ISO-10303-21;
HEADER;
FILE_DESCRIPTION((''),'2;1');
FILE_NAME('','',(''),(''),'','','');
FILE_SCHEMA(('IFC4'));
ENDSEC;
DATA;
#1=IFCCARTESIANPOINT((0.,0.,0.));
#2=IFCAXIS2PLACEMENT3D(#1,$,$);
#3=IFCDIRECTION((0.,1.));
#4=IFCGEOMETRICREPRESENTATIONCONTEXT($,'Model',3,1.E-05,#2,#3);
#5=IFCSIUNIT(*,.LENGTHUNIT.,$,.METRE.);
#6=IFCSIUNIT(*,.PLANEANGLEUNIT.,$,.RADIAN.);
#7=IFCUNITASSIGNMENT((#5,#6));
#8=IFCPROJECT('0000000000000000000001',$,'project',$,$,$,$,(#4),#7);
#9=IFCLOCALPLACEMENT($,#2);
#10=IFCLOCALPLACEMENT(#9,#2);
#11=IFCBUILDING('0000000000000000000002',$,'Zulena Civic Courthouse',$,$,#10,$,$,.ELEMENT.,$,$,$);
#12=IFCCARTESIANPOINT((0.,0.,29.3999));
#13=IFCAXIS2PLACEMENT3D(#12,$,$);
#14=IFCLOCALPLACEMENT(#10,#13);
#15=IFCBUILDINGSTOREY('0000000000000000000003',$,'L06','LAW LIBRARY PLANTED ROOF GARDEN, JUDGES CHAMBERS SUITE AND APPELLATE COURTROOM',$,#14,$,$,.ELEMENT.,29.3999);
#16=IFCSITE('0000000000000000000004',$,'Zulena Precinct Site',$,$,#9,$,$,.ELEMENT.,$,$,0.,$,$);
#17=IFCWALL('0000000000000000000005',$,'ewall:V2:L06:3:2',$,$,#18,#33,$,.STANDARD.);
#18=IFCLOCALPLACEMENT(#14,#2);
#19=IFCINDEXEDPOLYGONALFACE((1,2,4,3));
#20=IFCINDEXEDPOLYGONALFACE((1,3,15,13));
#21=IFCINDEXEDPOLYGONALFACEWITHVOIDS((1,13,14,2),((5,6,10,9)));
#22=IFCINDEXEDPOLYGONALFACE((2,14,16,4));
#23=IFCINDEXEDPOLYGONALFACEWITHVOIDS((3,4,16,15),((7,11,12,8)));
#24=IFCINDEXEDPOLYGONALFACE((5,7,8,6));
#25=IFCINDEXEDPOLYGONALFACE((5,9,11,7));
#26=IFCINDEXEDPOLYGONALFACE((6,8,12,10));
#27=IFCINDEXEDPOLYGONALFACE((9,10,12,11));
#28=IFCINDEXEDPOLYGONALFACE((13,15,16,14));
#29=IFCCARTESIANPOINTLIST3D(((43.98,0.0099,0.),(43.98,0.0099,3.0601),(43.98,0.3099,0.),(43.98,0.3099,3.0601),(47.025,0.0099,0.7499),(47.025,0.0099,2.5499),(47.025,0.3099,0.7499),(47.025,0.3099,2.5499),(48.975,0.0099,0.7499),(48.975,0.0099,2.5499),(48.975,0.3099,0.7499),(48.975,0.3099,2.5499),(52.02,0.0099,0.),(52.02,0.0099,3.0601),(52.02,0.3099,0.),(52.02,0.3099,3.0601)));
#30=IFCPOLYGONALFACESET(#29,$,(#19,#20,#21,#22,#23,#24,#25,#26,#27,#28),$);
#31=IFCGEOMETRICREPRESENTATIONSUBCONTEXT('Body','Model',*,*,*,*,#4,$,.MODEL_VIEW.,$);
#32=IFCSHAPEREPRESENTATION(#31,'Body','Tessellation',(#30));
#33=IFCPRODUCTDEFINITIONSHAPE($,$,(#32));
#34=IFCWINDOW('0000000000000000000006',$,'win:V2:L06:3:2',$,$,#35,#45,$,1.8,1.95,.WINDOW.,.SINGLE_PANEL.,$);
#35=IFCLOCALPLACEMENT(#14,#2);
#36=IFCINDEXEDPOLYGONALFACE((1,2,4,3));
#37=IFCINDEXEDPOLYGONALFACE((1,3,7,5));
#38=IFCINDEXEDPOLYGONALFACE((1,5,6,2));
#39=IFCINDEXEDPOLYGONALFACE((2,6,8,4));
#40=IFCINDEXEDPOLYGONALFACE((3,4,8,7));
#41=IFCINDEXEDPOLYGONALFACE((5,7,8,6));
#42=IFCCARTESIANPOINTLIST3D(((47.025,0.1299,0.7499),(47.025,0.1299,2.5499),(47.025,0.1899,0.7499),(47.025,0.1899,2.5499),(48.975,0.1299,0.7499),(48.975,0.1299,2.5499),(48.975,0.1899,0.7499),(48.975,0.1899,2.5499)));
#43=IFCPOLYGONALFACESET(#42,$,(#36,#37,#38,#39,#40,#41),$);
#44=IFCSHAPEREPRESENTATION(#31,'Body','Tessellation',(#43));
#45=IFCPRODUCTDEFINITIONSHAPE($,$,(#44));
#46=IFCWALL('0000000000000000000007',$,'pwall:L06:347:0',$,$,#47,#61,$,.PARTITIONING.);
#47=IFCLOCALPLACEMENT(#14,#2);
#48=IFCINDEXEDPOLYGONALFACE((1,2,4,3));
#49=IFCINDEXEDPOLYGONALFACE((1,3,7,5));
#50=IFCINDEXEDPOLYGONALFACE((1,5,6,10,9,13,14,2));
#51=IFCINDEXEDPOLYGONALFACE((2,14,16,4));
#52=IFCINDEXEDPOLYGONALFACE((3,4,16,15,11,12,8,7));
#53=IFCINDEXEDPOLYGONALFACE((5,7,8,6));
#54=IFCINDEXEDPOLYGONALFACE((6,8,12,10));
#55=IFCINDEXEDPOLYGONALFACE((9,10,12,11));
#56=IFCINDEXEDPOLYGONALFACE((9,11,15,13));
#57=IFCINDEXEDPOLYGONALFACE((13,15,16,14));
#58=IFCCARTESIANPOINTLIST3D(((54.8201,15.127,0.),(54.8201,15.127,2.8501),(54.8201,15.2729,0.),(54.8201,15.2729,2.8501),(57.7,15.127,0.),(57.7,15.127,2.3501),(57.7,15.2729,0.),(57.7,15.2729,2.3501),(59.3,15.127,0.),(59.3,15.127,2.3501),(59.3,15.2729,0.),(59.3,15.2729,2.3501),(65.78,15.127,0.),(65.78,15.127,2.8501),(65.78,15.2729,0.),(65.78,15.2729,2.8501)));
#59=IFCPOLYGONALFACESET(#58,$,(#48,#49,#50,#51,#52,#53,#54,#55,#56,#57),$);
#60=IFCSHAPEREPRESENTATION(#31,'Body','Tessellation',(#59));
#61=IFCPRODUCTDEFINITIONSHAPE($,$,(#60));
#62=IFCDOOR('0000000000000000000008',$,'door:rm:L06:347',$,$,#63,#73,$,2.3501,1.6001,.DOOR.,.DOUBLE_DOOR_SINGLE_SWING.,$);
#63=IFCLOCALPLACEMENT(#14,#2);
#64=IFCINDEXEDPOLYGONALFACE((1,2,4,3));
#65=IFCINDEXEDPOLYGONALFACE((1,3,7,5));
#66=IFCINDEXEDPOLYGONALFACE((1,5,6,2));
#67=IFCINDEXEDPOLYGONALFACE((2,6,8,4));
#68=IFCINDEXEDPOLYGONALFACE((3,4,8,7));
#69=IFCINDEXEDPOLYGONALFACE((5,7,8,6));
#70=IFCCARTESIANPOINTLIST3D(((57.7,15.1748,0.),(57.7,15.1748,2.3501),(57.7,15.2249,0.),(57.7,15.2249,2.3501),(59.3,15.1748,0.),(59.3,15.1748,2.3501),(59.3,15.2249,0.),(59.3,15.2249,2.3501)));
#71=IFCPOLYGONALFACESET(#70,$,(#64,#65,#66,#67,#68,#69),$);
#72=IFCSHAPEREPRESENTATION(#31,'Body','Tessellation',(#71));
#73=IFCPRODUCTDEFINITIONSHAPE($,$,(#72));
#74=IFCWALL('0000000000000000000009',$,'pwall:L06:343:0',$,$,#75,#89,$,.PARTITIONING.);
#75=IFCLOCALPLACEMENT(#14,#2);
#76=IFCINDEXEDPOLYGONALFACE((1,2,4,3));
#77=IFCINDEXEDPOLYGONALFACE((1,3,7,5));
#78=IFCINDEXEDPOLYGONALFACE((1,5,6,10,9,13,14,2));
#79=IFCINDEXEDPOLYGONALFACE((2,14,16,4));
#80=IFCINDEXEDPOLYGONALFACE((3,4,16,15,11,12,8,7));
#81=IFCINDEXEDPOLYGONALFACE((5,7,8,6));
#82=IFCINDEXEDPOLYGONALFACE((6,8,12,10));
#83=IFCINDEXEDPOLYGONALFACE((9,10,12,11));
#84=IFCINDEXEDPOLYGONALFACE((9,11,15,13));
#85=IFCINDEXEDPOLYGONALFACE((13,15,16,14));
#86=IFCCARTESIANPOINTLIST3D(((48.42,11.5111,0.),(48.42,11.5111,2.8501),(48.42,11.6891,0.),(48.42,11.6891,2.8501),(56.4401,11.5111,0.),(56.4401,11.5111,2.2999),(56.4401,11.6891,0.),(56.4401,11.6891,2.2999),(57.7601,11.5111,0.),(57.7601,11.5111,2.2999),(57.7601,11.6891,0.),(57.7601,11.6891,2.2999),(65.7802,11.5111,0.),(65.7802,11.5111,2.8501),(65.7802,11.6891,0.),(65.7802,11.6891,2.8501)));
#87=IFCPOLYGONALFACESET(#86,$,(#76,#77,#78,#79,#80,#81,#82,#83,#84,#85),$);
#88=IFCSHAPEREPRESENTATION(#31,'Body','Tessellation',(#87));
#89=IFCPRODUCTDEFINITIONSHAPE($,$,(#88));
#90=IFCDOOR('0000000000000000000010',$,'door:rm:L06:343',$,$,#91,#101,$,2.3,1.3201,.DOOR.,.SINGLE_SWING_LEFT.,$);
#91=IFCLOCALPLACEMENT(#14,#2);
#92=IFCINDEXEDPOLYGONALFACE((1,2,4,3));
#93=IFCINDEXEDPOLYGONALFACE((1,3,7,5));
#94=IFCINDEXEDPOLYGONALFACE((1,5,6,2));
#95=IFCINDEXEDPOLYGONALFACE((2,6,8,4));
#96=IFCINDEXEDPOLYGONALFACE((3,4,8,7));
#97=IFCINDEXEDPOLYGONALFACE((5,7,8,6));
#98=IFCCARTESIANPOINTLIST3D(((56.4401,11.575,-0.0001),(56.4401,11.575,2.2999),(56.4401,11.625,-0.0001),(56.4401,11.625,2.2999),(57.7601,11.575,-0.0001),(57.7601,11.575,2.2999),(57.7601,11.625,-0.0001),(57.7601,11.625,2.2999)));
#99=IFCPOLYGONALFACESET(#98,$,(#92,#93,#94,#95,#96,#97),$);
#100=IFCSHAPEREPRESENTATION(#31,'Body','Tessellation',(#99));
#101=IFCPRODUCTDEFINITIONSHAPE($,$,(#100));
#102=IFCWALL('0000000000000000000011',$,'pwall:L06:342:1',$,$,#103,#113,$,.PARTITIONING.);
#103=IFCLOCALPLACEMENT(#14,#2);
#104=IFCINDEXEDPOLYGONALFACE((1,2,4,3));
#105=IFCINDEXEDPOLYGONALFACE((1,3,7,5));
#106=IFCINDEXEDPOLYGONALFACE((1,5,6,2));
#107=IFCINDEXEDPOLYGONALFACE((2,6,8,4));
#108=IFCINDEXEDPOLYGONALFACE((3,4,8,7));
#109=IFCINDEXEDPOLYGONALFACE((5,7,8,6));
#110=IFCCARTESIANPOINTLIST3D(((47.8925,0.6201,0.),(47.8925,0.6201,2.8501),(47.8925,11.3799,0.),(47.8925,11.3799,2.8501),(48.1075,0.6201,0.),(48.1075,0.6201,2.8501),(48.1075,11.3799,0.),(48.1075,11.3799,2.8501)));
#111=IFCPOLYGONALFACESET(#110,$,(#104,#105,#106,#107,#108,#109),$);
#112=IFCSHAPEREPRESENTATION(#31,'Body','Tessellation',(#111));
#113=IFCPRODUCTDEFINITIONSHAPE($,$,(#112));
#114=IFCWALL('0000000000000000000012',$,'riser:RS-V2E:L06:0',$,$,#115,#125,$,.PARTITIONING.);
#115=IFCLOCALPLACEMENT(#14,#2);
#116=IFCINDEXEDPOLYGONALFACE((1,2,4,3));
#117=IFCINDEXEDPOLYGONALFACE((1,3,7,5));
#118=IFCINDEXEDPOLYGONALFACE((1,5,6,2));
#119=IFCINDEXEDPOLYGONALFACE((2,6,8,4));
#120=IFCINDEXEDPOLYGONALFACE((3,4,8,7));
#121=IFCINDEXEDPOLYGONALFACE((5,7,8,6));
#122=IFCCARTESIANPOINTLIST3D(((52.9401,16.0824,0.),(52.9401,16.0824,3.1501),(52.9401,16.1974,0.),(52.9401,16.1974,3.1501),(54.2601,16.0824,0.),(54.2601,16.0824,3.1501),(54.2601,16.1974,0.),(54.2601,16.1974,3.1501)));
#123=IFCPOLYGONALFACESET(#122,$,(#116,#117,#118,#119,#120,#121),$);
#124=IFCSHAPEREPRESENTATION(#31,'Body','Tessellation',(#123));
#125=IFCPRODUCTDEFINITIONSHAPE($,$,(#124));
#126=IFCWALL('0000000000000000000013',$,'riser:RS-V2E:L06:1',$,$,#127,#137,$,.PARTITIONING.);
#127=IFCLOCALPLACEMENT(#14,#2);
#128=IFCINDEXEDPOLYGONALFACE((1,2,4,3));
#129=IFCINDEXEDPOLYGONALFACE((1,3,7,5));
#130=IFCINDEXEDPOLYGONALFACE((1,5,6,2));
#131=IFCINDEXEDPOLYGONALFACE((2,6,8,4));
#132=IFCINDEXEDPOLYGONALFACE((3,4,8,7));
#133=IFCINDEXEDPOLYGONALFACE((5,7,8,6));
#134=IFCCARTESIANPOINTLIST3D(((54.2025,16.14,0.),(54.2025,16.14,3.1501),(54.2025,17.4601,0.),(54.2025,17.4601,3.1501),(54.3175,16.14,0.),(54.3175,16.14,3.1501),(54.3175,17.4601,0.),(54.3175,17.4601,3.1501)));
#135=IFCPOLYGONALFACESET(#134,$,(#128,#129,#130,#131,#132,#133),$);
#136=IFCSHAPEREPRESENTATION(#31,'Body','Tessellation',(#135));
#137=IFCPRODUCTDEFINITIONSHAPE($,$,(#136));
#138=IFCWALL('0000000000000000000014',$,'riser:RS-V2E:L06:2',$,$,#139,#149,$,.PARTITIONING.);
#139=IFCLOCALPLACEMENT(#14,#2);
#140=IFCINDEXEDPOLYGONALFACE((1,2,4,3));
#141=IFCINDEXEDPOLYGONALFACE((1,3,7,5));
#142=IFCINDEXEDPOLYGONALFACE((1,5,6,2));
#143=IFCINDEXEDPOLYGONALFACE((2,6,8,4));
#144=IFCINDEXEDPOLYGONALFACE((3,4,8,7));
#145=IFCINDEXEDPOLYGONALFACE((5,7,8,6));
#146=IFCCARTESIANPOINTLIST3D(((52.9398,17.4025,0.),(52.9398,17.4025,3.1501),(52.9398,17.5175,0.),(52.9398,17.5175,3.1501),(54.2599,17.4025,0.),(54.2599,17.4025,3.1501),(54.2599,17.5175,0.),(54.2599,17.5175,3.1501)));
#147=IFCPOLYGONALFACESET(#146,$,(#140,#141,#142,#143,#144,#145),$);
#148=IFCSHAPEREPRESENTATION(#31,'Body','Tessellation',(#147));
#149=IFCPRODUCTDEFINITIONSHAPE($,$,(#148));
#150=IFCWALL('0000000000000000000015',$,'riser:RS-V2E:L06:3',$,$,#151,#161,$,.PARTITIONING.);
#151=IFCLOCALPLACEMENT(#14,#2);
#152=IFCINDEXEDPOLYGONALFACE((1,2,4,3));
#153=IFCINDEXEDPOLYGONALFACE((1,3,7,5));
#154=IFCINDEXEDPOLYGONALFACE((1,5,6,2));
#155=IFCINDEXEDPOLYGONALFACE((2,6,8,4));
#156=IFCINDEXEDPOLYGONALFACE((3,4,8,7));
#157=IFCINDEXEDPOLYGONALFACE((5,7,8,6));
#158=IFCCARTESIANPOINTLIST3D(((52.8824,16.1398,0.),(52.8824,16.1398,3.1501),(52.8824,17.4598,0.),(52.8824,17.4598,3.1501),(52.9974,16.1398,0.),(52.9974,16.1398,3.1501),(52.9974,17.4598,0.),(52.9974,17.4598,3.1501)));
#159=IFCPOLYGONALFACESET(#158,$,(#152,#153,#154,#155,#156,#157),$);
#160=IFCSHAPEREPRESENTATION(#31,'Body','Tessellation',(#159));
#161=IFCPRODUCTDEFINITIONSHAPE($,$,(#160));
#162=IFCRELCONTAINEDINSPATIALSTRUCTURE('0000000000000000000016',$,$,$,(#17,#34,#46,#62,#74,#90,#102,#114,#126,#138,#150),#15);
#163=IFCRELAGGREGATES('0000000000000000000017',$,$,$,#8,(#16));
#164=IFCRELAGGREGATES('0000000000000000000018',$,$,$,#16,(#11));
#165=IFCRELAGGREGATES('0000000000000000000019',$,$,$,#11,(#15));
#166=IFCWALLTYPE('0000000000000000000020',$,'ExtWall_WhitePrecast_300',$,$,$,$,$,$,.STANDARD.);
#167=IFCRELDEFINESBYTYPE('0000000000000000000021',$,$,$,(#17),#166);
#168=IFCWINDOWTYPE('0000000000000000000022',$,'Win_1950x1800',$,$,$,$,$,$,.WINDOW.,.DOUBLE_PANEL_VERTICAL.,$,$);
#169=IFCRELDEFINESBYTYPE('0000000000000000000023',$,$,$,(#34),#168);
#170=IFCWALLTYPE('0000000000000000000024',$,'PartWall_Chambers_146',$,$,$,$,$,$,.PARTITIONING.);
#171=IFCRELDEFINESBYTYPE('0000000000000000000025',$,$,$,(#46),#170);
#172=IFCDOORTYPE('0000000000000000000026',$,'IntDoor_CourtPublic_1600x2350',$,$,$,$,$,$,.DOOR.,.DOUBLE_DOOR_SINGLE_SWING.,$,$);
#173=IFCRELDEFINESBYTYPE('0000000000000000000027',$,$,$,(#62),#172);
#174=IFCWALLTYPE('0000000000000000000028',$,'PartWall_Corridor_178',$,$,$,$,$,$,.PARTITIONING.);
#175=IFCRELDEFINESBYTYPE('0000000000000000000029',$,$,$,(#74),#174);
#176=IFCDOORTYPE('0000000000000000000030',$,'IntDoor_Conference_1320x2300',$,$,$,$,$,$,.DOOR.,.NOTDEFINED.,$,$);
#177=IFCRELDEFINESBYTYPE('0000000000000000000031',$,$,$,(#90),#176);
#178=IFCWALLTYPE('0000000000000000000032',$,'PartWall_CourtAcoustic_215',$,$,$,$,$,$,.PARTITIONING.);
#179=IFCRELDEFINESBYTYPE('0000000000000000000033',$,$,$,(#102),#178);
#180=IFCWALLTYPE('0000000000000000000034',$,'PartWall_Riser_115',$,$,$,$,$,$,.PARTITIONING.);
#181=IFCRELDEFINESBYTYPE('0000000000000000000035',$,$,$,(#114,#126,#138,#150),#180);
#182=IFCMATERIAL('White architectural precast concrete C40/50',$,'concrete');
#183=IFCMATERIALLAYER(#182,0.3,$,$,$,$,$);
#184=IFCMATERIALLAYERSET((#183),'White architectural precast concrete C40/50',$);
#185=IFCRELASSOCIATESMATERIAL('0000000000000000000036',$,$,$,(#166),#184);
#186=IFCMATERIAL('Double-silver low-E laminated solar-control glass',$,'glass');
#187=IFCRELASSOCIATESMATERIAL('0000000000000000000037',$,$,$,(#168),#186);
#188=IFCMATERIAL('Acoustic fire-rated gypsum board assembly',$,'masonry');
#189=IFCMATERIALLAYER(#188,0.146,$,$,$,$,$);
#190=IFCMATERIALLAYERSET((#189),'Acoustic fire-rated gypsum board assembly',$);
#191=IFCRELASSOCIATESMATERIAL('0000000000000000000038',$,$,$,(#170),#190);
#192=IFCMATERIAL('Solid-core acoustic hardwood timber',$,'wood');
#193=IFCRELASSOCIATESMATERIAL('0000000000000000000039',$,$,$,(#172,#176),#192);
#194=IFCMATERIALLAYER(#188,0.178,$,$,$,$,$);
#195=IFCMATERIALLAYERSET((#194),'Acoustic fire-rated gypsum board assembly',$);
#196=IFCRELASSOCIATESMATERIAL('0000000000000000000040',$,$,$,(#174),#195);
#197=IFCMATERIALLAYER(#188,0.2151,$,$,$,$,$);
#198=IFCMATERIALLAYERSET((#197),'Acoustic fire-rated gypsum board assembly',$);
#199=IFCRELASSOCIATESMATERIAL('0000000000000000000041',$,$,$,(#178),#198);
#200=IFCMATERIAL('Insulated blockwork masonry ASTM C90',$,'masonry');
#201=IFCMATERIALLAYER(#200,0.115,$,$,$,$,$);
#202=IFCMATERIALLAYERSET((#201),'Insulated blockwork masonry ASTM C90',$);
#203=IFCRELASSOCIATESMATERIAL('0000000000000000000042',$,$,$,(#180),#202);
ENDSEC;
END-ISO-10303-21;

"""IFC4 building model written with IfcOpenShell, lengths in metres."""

from ifc_helpers import new_model, si_unit, direction, frame, frame_2d, origin, place, context, subcontext, project, spatial, rectangle, extrude, material, layer, layer_set, type_object, element, fill, save


model = new_model("IFC4")

# Units and contexts
model_context = context("Model", 3, precision=1e-05, world=origin(), true_north=direction((0.0, 1.0)))
body_context = subcontext(model_context, "Body", "Model", "MODEL_VIEW")
ifc_project = project(units=[si_unit("LENGTHUNIT", "METRE"), si_unit("PLANEANGLEUNIT", "RADIAN")], contexts=[model_context])

# Site, building, storey
site_placement = place(None, origin())
site = spatial("IfcSite", under=ifc_project, at=site_placement, Name="Zulena Precinct Site", CompositionType="ELEMENT", RefElevation=0.0)
building_placement = place(site_placement, origin())
building = spatial("IfcBuilding", under=site, at=building_placement, Name="Zulena Civic Courthouse", CompositionType="ELEMENT")
storey_placement = place(building_placement, frame((0.0, 0.0, 29.3999)))
storey = spatial("IfcBuildingStorey", under=building, at=storey_placement, Name="L06", Description="LAW LIBRARY PLANTED ROOF GARDEN, JUDGES CHAMBERS SUITE AND APPELLATE COURTROOM", CompositionType="ELEMENT", Elevation=29.3999)

# Wall, opening, window
ifc_material_1 = material(Name="White architectural precast concrete C40/50", Category="concrete")
ifc_layer_1 = layer(ifc_material_1, 0.3)
ifc_layer_set_1 = layer_set([ifc_layer_1], Name="White architectural precast concrete C40/50")
wall_type_1 = type_object("IfcWallType", Name="ExtWall_WhitePrecast_300", PredefinedType="STANDARD", material=ifc_layer_set_1)
wall_1_placement = place(storey_placement, frame((52.02, 0.1599, 0.0), z_axis=(0.0, 0.0, 1.0), x_axis=(-1.0, 0.0, 0.0)))
wall_1 = element("IfcWall", 1, at=wall_1_placement, inside=storey, type_object=wall_type_1, Name="ewall:V2:L06:3:2", PredefinedType="STANDARD", context=body_context, shape_type="SweptSolid", body=[
    extrude(rectangle(XDim=8.04, YDim=0.3, at=frame_2d((4.02, 0.0))), origin(), (0.0, 0.0, 1.0), 3.0601),
])
opening_1_placement = place(wall_1_placement, frame((3.0449, 0.0, 0.75)))
opening_1 = element("IfcOpeningElement", 2, at=opening_1_placement, cuts=wall_1, PredefinedType="OPENING", context=body_context, shape_type="SweptSolid", body=[
    extrude(rectangle(XDim=1.95, YDim=1.8, at=frame_2d((0.9751, 0.8999))), frame((0.0, 0.1599, 0.0), z_axis=(0.0, -1.0, 0.0), x_axis=(1.0, 0.0, 0.0)), (0.0, 0.0, 1.0), 0.3201),
])
ifc_material_2 = material(Name="Double-silver low-E laminated solar-control glass", Category="glass")
window_type = type_object("IfcWindowType", Name="Win_1950x1800", PartitioningType="DOUBLE_PANEL_VERTICAL", PredefinedType="WINDOW", material=ifc_material_2)
window_placement = place(opening_1_placement, origin())
window = element("IfcWindow", 3, at=window_placement, inside=storey, type_object=window_type, Name="win:V2:L06:3:2", OverallHeight=1.8, OverallWidth=1.95, PartitioningType="SINGLE_PANEL", PredefinedType="WINDOW", context=body_context, shape_type="SweptSolid", body=[
    extrude(rectangle(XDim=1.95, YDim=1.8, at=frame_2d((0.9751, 0.8999))), frame((0.0, 0.03, 0.0), z_axis=(0.0, -1.0, 0.0), x_axis=(1.0, 0.0, 0.0)), (0.0, 0.0, 1.0), 0.0601),
])
fill(opening_1, window)

# Walls, openings, doors
ifc_material_3 = material(Name="Acoustic fire-rated gypsum board assembly", Category="masonry")
ifc_layer_2 = layer(ifc_material_3, 0.146)
ifc_layer_set_2 = layer_set([ifc_layer_2], Name="Acoustic fire-rated gypsum board assembly")
wall_type_2 = type_object("IfcWallType", Name="PartWall_Chambers_146", PredefinedType="PARTITIONING", material=ifc_layer_set_2)
wall_2_placement = place(storey_placement, frame((54.8201, 15.2, 0.0), z_axis=(0.0, 0.0, 1.0), x_axis=(1.0, 0.0, 0.0)))
wall_2 = element("IfcWall", 4, at=wall_2_placement, inside=storey, type_object=wall_type_2, Name="pwall:L06:347:0", PredefinedType="PARTITIONING", context=body_context, shape_type="SweptSolid", body=[
    extrude(rectangle(XDim=10.96, YDim=0.146, at=frame_2d((5.48, 0.0))), origin(), (0.0, 0.0, 1.0), 2.8501),
])
opening_2_placement = place(wall_2_placement, frame((2.8799, 0.0, 0.0)))
opening_2 = element("IfcOpeningElement", 5, at=opening_2_placement, cuts=wall_2, PredefinedType="OPENING", context=body_context, shape_type="SweptSolid", body=[
    extrude(rectangle(XDim=1.6001, YDim=2.3501, at=frame_2d((0.8, 1.175))), frame((0.0, 0.083, 0.0), z_axis=(0.0, -1.0, 0.0), x_axis=(1.0, 0.0, 0.0)), (0.0, 0.0, 1.0), 0.166),
])
ifc_material_4 = material(Name="Solid-core acoustic hardwood timber", Category="wood")
door_type_1 = type_object("IfcDoorType", Name="IntDoor_CourtPublic_1600x2350", OperationType="DOUBLE_DOOR_SINGLE_SWING", PredefinedType="DOOR", material=ifc_material_4)
door_1_placement = place(opening_2_placement, origin())
door_1 = element("IfcDoor", 6, at=door_1_placement, inside=storey, type_object=door_type_1, Name="door:rm:L06:347", OperationType="DOUBLE_DOOR_SINGLE_SWING", OverallHeight=2.3501, OverallWidth=1.6001, PredefinedType="DOOR", context=body_context, shape_type="SweptSolid", body=[
    extrude(rectangle(XDim=1.6001, YDim=2.3501, at=frame_2d((0.8, 1.175))), frame((0.0, 0.0249, 0.0), z_axis=(0.0, -1.0, 0.0), x_axis=(1.0, 0.0, 0.0)), (0.0, 0.0, 1.0), 0.05),
])
fill(opening_2, door_1)
ifc_layer_3 = layer(ifc_material_3, 0.178)
ifc_layer_set_3 = layer_set([ifc_layer_3], Name="Acoustic fire-rated gypsum board assembly")
wall_type_3 = type_object("IfcWallType", Name="PartWall_Corridor_178", PredefinedType="PARTITIONING", material=ifc_layer_set_3)
wall_3_placement = place(storey_placement, frame((48.4199, 11.6001, 0.0), z_axis=(0.0, 0.0, 1.0), x_axis=(1.0, 0.0, 0.0)))
wall_3 = element("IfcWall", 7, at=wall_3_placement, inside=storey, type_object=wall_type_3, Name="pwall:L06:343:0", PredefinedType="PARTITIONING", context=body_context, shape_type="SweptSolid", body=[
    extrude(rectangle(XDim=17.3601, YDim=0.178, at=frame_2d((8.6802, 0.0))), origin(), (0.0, 0.0, 1.0), 2.8501),
])
opening_3_placement = place(wall_3_placement, frame((8.02, 0.0, 0.0)))
opening_3 = element("IfcOpeningElement", 8, at=opening_3_placement, cuts=wall_3, PredefinedType="OPENING", context=body_context, shape_type="SweptSolid", body=[
    extrude(rectangle(XDim=1.3201, YDim=2.3, at=frame_2d((0.6602, 1.1499))), frame((0.0, 0.0989, 0.0), z_axis=(0.0, -1.0, 0.0), x_axis=(1.0, 0.0, 0.0)), (0.0, 0.0, 1.0), 0.198),
])
door_type_2 = type_object("IfcDoorType", Name="IntDoor_Conference_1320x2300", OperationType="NOTDEFINED", PredefinedType="DOOR", material=ifc_material_4)
door_2_placement = place(opening_3_placement, origin())
door_2 = element("IfcDoor", 9, at=door_2_placement, inside=storey, type_object=door_type_2, Name="door:rm:L06:343", OperationType="SINGLE_SWING_LEFT", OverallHeight=2.3, OverallWidth=1.3201, PredefinedType="DOOR", context=body_context, shape_type="SweptSolid", body=[
    extrude(rectangle(XDim=1.3201, YDim=2.3, at=frame_2d((0.6602, 1.1499))), frame((0.0, 0.0249, 0.0), z_axis=(0.0, -1.0, 0.0), x_axis=(1.0, 0.0, 0.0)), (0.0, 0.0, 1.0), 0.05),
])
fill(opening_3, door_2)

# Walls
ifc_layer_4 = layer(ifc_material_3, 0.2151)
ifc_layer_set_4 = layer_set([ifc_layer_4], Name="Acoustic fire-rated gypsum board assembly")
wall_type_4 = type_object("IfcWallType", Name="PartWall_CourtAcoustic_215", PredefinedType="PARTITIONING", material=ifc_layer_set_4)
wall_4_placement = place(storey_placement, frame((48.0, 0.6201, 0.0), z_axis=(0.0, 0.0, 1.0), x_axis=(0.0, 1.0, 0.0)))
element("IfcWall", 10, at=wall_4_placement, inside=storey, type_object=wall_type_4, Name="pwall:L06:342:1", PredefinedType="PARTITIONING", context=body_context, shape_type="SweptSolid", body=[
    extrude(rectangle(XDim=10.7598, YDim=0.2151, at=frame_2d((5.3799, 0.0))), origin(), (0.0, 0.0, 1.0), 2.8501),
])
ifc_material_5 = material(Name="Insulated blockwork masonry ASTM C90", Category="masonry")
ifc_layer_5 = layer(ifc_material_5, 0.115)
ifc_layer_set_5 = layer_set([ifc_layer_5], Name="Insulated blockwork masonry ASTM C90")
wall_type_5 = type_object("IfcWallType", Name="PartWall_Riser_115", PredefinedType="PARTITIONING", material=ifc_layer_set_5)
for number, where, z_axis, x_axis, name in (
    (11, (52.9399, 16.1399, 0.0), (0.0, 0.0, 1.0), (1.0, 0.0, 0.0), "riser:RS-V2E:L06:0"),
    (12, (54.26, 16.1399, 0.0), (0.0, 0.0, 1.0), (0.0, 1.0, 0.0), "riser:RS-V2E:L06:1"),
    (13, (54.26, 17.46, 0.0), (0.0, 0.0, 1.0), (-1.0, 0.0, 0.0), "riser:RS-V2E:L06:2"),
    (14, (52.9399, 17.46, 0.0), (0.0, 0.0, 1.0), (0.0, -1.0, 0.0), "riser:RS-V2E:L06:3"),
):
    element("IfcWall", number, at=place(storey_placement, frame(where, z_axis=z_axis, x_axis=x_axis)), inside=storey, type_object=wall_type_5, Name=name, PredefinedType="PARTITIONING", context=body_context, shape_type="SweptSolid", body=[
        extrude(rectangle(XDim=1.3201, YDim=0.115, at=frame_2d((0.6602, 0.0))), origin(), (0.0, 0.0, 1.0), 3.1501),
    ])

save(model, "model.ifc")
